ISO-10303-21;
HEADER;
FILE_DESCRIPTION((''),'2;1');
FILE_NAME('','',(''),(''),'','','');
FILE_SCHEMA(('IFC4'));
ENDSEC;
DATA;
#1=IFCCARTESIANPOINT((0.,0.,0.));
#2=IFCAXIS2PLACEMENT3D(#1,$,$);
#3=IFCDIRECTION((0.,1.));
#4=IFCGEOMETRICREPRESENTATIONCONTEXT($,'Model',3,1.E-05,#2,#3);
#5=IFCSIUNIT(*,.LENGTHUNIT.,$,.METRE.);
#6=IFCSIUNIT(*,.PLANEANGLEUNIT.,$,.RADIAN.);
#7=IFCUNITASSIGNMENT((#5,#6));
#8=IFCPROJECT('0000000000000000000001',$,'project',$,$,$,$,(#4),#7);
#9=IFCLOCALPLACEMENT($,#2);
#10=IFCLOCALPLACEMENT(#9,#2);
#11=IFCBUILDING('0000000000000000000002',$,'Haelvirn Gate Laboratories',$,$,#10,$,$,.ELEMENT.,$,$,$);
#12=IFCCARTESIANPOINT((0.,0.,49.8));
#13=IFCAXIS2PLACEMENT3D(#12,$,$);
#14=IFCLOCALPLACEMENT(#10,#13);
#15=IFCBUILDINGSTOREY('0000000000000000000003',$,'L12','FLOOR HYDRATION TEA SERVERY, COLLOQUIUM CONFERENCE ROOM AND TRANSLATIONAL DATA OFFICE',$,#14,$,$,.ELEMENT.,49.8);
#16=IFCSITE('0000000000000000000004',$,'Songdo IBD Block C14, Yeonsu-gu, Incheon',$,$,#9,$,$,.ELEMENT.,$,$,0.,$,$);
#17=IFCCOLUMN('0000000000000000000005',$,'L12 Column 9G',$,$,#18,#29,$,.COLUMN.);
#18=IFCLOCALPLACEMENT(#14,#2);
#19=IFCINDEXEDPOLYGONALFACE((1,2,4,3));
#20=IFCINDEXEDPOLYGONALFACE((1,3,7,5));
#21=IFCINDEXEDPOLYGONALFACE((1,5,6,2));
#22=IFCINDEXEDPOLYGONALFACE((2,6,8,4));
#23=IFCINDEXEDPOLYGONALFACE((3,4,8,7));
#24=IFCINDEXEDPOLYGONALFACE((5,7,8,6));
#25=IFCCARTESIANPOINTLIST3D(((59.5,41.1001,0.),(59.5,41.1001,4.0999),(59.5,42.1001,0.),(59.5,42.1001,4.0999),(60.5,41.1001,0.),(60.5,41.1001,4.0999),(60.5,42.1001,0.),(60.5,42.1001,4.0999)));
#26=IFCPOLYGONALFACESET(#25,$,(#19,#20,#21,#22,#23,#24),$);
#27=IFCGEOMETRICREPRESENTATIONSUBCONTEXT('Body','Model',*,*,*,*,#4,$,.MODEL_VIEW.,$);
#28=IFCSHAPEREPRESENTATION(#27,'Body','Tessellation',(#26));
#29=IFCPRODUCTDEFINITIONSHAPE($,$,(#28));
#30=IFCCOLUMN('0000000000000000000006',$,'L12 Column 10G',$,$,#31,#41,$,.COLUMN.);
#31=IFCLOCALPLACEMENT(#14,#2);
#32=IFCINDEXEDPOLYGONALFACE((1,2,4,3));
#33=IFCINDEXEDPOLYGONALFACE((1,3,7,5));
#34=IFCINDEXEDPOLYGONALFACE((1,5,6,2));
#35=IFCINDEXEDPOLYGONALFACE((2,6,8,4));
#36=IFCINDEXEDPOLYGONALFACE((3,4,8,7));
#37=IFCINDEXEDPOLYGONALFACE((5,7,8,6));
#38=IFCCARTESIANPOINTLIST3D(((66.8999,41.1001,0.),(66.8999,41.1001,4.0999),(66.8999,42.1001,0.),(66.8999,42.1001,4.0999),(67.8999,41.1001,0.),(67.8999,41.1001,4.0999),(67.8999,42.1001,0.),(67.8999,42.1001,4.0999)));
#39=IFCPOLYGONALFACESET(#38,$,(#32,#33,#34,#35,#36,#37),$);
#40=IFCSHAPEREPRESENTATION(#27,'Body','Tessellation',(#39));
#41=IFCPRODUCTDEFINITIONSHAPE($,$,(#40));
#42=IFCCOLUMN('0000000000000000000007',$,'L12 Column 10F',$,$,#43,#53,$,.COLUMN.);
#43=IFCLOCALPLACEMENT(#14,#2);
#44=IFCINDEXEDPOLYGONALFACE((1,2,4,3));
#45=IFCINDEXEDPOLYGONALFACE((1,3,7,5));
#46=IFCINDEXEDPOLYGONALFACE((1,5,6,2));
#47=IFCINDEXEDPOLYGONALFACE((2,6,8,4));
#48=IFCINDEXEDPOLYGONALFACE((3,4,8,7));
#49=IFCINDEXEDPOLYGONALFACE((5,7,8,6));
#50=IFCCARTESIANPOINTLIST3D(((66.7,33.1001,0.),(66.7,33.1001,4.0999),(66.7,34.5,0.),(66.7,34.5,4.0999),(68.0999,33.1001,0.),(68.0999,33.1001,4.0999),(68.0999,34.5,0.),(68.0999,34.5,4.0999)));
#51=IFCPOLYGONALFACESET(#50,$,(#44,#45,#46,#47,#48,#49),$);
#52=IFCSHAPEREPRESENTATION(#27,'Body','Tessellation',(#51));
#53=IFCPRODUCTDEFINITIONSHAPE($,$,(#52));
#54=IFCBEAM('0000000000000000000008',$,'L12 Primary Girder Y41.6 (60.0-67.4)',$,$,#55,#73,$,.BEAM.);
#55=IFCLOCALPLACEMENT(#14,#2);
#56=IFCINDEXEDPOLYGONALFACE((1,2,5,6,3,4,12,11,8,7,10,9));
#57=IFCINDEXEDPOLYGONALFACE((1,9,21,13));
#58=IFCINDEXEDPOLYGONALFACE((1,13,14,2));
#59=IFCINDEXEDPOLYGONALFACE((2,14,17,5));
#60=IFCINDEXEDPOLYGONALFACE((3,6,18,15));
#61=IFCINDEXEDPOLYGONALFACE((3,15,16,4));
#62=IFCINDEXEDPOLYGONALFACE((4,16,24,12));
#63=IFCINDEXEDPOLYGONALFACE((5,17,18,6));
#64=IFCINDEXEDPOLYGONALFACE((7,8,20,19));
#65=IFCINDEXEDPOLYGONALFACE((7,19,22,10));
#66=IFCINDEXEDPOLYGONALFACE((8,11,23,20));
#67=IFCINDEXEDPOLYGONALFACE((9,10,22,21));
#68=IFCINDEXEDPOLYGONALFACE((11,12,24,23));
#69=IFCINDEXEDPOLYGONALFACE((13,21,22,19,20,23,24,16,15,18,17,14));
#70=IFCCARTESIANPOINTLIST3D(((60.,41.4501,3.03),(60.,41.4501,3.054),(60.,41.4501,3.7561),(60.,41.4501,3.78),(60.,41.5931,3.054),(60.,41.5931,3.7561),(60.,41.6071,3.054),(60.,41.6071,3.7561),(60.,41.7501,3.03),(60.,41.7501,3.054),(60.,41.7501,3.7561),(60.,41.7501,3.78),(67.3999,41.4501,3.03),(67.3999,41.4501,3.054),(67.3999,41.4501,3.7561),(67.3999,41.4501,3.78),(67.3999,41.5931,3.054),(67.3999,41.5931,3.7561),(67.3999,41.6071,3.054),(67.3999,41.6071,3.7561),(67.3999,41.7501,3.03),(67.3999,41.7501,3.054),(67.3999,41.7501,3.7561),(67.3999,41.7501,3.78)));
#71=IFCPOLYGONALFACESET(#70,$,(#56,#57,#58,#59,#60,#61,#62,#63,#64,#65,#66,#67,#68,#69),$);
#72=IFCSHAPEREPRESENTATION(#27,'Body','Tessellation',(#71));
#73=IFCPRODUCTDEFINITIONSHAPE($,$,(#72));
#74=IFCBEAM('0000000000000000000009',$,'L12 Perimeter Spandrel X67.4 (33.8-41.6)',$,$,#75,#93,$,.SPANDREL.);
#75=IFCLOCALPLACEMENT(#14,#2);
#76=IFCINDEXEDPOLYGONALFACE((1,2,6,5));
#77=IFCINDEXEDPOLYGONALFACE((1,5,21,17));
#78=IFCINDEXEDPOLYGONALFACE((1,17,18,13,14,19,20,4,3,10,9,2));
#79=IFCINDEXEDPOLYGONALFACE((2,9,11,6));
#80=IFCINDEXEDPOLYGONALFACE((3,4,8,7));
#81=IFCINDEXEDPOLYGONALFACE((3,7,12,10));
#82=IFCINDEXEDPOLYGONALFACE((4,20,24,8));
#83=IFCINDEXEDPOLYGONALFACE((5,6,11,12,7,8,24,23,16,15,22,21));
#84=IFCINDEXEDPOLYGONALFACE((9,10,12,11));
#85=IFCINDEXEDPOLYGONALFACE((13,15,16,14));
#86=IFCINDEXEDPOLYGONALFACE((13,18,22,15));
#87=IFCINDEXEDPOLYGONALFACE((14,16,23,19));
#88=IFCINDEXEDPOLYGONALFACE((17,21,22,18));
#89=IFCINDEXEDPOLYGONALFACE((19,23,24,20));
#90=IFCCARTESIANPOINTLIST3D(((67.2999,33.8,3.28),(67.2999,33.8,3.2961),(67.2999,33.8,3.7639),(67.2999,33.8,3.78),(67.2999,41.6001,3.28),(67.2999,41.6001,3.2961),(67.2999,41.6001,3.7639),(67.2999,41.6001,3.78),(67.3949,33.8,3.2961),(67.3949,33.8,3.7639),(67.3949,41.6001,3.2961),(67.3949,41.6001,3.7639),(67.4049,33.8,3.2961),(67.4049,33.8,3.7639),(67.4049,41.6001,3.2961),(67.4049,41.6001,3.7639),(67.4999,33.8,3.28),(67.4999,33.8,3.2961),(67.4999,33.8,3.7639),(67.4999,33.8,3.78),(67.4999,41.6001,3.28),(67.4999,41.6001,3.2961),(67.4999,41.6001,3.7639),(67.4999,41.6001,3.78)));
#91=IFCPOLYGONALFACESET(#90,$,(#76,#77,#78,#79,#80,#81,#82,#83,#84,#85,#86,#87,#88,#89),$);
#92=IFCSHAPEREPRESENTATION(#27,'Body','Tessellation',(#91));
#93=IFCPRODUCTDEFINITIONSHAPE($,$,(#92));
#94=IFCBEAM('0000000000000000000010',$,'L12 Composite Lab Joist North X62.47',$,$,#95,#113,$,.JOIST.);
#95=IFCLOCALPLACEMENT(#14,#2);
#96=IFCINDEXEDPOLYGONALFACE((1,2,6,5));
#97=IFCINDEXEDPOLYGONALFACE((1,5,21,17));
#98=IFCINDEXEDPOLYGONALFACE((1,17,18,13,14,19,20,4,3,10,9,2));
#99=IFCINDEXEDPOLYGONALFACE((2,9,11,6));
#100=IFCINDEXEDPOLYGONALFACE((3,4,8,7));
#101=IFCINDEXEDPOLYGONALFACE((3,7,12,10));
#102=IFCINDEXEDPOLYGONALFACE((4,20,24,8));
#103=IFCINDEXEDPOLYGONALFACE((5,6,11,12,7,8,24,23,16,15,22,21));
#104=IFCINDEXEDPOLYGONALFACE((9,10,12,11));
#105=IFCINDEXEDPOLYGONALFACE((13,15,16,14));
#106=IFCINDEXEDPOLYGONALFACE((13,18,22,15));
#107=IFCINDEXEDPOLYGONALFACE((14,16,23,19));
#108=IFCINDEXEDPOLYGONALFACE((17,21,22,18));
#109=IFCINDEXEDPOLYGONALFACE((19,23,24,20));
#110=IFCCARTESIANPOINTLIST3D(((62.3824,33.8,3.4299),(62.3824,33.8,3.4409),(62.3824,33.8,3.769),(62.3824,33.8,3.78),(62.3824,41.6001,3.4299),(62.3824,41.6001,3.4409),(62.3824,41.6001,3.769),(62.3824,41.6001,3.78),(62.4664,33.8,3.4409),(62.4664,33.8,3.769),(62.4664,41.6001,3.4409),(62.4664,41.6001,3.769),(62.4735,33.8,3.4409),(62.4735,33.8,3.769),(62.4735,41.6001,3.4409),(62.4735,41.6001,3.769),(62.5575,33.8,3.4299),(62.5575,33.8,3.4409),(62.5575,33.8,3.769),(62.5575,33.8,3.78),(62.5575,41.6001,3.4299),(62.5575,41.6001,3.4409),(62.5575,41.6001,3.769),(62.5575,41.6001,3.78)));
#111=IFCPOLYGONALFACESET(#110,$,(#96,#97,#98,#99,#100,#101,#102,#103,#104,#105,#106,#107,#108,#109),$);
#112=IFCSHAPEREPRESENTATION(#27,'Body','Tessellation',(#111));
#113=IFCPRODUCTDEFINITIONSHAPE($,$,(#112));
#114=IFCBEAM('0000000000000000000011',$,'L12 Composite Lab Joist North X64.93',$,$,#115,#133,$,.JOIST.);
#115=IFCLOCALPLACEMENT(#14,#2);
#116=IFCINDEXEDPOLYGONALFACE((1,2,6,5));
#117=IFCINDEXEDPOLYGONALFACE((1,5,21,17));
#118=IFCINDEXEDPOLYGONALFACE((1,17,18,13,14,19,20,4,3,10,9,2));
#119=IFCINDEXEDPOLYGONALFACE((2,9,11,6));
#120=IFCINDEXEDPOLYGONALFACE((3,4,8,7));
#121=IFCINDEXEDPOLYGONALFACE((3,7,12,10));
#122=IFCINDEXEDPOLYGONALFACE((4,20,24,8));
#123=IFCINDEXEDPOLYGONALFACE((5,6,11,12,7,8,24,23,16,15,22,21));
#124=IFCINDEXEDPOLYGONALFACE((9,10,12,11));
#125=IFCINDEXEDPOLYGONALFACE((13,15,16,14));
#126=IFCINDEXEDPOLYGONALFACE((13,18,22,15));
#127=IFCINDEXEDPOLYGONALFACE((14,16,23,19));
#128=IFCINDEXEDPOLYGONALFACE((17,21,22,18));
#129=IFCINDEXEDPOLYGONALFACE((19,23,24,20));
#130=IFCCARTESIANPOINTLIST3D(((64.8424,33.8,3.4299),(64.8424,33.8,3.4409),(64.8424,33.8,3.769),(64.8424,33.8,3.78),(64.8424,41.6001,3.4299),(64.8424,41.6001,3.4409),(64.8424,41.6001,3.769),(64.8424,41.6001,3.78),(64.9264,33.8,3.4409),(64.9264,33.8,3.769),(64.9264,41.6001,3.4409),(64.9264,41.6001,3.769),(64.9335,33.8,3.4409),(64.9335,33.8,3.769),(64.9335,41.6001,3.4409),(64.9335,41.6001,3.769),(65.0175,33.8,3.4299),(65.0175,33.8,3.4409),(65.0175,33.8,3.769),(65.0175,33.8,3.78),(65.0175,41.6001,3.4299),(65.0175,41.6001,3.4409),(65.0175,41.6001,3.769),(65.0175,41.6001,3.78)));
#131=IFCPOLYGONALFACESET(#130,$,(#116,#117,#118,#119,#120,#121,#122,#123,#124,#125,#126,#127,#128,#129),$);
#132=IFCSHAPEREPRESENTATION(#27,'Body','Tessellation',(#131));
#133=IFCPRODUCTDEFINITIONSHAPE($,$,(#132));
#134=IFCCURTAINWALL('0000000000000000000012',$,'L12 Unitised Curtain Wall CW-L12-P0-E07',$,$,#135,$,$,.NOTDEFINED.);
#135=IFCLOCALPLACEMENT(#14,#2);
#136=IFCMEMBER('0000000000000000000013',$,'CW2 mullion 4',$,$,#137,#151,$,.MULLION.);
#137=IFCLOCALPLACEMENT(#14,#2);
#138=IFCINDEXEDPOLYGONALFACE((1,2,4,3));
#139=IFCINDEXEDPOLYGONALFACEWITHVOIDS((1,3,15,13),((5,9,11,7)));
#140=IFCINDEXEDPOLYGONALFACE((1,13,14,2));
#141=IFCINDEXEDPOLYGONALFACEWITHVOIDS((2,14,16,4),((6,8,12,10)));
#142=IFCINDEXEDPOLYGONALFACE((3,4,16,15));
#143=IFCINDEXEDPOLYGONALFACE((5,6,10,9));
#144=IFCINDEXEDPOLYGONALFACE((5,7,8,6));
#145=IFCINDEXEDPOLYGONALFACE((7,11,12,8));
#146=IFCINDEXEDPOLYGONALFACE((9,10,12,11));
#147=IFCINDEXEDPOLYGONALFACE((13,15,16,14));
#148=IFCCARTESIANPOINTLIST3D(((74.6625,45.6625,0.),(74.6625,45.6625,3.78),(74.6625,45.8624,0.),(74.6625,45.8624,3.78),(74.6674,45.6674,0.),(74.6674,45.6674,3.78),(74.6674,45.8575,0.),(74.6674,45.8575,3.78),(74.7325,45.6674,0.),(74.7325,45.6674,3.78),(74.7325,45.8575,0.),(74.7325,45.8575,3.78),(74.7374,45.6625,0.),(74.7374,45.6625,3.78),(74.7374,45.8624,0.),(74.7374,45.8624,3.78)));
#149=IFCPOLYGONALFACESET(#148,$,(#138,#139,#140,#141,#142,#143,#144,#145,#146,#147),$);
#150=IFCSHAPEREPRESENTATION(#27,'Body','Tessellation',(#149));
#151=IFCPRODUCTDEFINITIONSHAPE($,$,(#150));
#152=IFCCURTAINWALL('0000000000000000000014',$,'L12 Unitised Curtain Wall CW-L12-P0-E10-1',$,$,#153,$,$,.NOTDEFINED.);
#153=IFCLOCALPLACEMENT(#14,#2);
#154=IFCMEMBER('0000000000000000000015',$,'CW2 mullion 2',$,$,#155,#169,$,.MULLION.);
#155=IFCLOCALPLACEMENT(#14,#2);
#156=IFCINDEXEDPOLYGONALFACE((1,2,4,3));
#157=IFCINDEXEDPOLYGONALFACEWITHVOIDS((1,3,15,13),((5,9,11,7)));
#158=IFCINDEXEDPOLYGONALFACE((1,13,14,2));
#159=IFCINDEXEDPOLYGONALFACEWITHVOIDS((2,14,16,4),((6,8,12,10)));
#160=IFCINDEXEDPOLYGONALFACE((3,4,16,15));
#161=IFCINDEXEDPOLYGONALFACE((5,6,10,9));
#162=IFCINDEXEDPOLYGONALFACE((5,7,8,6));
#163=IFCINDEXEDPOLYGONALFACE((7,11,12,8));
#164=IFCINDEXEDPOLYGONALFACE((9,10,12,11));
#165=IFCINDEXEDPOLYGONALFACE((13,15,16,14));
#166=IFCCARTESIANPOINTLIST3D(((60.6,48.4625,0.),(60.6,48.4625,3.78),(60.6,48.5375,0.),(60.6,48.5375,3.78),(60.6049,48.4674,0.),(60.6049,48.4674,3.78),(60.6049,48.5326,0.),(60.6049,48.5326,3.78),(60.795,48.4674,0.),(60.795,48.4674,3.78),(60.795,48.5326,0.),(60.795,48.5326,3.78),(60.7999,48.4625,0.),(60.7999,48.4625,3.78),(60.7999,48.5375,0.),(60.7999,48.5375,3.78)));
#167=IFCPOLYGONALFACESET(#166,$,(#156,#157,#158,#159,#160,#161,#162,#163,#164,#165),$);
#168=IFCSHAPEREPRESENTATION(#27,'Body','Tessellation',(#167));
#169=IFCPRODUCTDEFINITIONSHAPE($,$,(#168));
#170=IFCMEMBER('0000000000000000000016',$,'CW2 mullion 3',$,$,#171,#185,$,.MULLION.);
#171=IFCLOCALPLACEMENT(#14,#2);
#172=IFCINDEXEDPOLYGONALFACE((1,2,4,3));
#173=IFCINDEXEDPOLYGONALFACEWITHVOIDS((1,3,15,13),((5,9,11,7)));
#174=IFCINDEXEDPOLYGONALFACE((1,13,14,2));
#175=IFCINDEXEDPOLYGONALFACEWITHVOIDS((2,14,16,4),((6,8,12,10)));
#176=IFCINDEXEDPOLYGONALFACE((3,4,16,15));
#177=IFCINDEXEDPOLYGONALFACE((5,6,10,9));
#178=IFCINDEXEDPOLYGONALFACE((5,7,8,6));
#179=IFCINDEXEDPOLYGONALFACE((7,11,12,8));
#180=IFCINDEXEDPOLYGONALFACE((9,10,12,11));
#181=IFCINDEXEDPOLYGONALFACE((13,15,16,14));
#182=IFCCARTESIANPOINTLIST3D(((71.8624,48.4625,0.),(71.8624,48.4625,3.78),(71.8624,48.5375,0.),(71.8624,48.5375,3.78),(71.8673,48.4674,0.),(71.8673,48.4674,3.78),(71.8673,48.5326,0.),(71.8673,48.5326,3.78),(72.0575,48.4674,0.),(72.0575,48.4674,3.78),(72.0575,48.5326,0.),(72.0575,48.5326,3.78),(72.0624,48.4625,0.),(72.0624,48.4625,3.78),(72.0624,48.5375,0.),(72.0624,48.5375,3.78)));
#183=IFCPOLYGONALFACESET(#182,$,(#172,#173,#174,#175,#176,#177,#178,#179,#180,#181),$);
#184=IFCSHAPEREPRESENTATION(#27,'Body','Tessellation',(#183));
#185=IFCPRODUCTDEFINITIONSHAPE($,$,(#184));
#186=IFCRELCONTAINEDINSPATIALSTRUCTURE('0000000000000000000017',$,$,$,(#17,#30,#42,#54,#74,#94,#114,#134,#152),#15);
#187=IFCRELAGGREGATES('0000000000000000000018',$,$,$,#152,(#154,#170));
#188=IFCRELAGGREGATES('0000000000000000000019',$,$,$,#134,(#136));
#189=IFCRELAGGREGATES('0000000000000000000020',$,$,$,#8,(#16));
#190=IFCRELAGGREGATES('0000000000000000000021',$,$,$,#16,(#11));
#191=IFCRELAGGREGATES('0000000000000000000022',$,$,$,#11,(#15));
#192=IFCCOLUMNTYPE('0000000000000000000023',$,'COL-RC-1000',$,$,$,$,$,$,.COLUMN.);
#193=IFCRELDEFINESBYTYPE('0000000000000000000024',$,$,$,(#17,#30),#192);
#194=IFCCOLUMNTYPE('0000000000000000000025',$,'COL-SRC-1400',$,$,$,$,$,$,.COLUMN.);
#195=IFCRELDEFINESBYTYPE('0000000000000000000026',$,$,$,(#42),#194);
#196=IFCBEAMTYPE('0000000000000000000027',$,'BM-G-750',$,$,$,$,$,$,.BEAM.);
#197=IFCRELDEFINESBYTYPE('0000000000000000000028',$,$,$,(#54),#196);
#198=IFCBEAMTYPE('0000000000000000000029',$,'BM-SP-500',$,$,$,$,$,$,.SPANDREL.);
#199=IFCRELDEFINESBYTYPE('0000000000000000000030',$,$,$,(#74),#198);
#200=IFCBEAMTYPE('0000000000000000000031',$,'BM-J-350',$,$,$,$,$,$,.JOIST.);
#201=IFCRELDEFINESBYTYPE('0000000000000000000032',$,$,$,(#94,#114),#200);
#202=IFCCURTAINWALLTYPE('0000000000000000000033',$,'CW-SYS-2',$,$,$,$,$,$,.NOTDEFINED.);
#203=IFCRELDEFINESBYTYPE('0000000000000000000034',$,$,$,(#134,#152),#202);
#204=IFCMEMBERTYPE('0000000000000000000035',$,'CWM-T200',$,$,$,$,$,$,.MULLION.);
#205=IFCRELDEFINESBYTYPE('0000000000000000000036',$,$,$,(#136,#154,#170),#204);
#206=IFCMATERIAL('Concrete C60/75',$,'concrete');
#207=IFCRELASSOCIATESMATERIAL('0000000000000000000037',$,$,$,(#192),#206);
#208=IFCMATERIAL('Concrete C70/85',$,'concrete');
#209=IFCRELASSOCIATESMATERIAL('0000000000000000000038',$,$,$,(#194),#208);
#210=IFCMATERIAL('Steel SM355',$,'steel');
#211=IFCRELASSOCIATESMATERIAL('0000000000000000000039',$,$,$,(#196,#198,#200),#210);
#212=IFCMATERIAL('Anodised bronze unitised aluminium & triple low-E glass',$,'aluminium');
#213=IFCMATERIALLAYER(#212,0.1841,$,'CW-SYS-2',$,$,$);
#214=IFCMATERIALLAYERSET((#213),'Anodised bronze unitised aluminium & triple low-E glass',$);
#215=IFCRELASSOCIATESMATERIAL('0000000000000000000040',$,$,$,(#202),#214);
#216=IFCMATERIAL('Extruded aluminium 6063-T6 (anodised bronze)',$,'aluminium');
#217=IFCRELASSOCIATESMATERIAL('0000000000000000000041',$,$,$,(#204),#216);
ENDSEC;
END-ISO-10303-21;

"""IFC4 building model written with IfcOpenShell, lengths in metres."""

from ifc_helpers import new_model, si_unit, direction, frame, origin, origin_2d, place, context, subcontext, project, spatial, rectangle, hollow_rectangle, i_section, extrude, source, transform, mapped, material, layer, layer_set, material_profile, profile_set, type_object, type_shapes, element, aggregate, save


model = new_model("IFC4")

# Units and contexts
model_context = context("Model", 3, precision=1e-05, world=origin(), true_north=direction((0.0, 1.0)))
body_context = subcontext(model_context, "Body", "Model", "MODEL_VIEW")
ifc_project = project(units=[si_unit("LENGTHUNIT", "METRE"), si_unit("PLANEANGLEUNIT", "RADIAN")], contexts=[model_context])

# Site, building, storey
site_placement = place(None, origin())
site = spatial("IfcSite", under=ifc_project, at=site_placement, Name="Songdo IBD Block C14, Yeonsu-gu, Incheon", CompositionType="ELEMENT", RefElevation=0.0)
building_placement = place(site_placement, origin())
building = spatial("IfcBuilding", under=site, at=building_placement, Name="Haelvirn Gate Laboratories", CompositionType="ELEMENT")
storey_placement = place(building_placement, frame((0.0, 0.0, 49.8)))
storey = spatial("IfcBuildingStorey", under=building, at=storey_placement, Name="L12", Description="FLOOR HYDRATION TEA SERVERY, COLLOQUIUM CONFERENCE ROOM AND TRANSLATIONAL DATA OFFICE", CompositionType="ELEMENT", Elevation=49.8)

# Columns
ifc_material_1 = material(Name="Concrete C60/75", Category="concrete")
ifc_material_profile_1 = material_profile(ifc_material_1, rectangle(XDim=1.0, YDim=1.0, at=origin_2d()), Name="RC-1000x1000")
ifc_profile_set_1 = profile_set([ifc_material_profile_1], Name="Concrete C60/75")
column_type_1 = type_object("IfcColumnType", Name="COL-RC-1000", PredefinedType="COLUMN", material=ifc_profile_set_1)
shared_shape_1 = source(origin(), body_context, "Body", "SweptSolid", [
    extrude(rectangle(XDim=1.0, YDim=1.0, at=origin_2d()), origin(), (0.0, 0.0, 1.0), 4.0999),
])
type_shapes(column_type_1, [shared_shape_1])
for number, where, z_axis, x_axis, name in (
    (1, (60.0, 41.6001, 0.0), (0.0, 0.0, 1.0), (1.0, 0.0, 0.0), "L12 Column 9G"),
    (2, (67.3999, 41.6001, 0.0), (0.0, 0.0, 1.0), (1.0, 0.0, 0.0), "L12 Column 10G"),
):
    element("IfcColumn", number, at=place(storey_placement, frame(where, z_axis=z_axis, x_axis=x_axis)), inside=storey, type_object=column_type_1, Name=name, PredefinedType="COLUMN", context=body_context, shape_type="MappedRepresentation", body=[
        mapped(shared_shape_1, transform((0.0, 0.0, 0.0), scale=1.0)),
    ])
ifc_material_2 = material(Name="Concrete C70/85", Category="concrete")
ifc_material_profile_2 = material_profile(ifc_material_2, rectangle(XDim=1.3999, YDim=1.3999, at=origin_2d()), Name="SRC-1400x1400")
ifc_profile_set_2 = profile_set([ifc_material_profile_2], Name="Concrete C70/85")
column_type_2 = type_object("IfcColumnType", Name="COL-SRC-1400", PredefinedType="COLUMN", material=ifc_profile_set_2)
shared_shape_2 = source(origin(), body_context, "Body", "SweptSolid", [
    extrude(rectangle(XDim=1.3999, YDim=1.3999, at=origin_2d()), origin(), (0.0, 0.0, 1.0), 4.0999),
])
type_shapes(column_type_2, [shared_shape_2])
column_placement = place(storey_placement, frame((67.3999, 33.8, 0.0), z_axis=(0.0, 0.0, 1.0), x_axis=(1.0, 0.0, 0.0)))
element("IfcColumn", 3, at=column_placement, inside=storey, type_object=column_type_2, Name="L12 Column 10F", PredefinedType="COLUMN", context=body_context, shape_type="MappedRepresentation", body=[
    mapped(shared_shape_2, transform((0.0, 0.0, 0.0), scale=1.0)),
])

# Beams
ifc_material_3 = material(Name="Steel SM355", Category="steel")
ifc_material_profile_3 = material_profile(ifc_material_3, i_section(OverallWidth=0.3, OverallDepth=0.75, WebThickness=0.0139, FlangeThickness=0.0239, at=origin_2d()), Name="H-750x300x14x24")
ifc_profile_set_3 = profile_set([ifc_material_profile_3], Name="Steel SM355")
beam_type_1 = type_object("IfcBeamType", Name="BM-G-750", PredefinedType="BEAM", material=ifc_profile_set_3)
shared_shape_3 = source(origin(), body_context, "Body", "SweptSolid", [
    extrude(i_section(OverallWidth=0.3, OverallDepth=0.75, WebThickness=0.0139, FlangeThickness=0.0239, at=origin_2d()), origin(), (0.0, 0.0, 1.0), 7.3999),
])
type_shapes(beam_type_1, [shared_shape_3])
beam_1_placement = place(storey_placement, frame((60.0, 41.6001, 3.405), z_axis=(1.0, 0.0, 0.0), x_axis=(0.0, 1.0, 0.0)))
element("IfcBeam", 4, at=beam_1_placement, inside=storey, type_object=beam_type_1, Name="L12 Primary Girder Y41.6 (60.0-67.4)", PredefinedType="BEAM", context=body_context, shape_type="MappedRepresentation", body=[
    mapped(shared_shape_3, transform((0.0, 0.0, 0.0), scale=1.0)),
])
ifc_material_profile_4 = material_profile(ifc_material_3, i_section(OverallWidth=0.2, OverallDepth=0.5, WebThickness=0.01, FlangeThickness=0.0161, at=origin_2d()), Name="H-500x200x10x16")
ifc_profile_set_4 = profile_set([ifc_material_profile_4], Name="Steel SM355")
beam_type_2 = type_object("IfcBeamType", Name="BM-SP-500", PredefinedType="SPANDREL", material=ifc_profile_set_4)
shared_shape_4 = source(origin(), body_context, "Body", "SweptSolid", [
    extrude(i_section(OverallWidth=0.2, OverallDepth=0.5, WebThickness=0.01, FlangeThickness=0.0161, at=origin_2d()), origin(), (0.0, 0.0, 1.0), 7.8),
])
type_shapes(beam_type_2, [shared_shape_4])
beam_2_placement = place(storey_placement, frame((67.3999, 33.8, 3.53), z_axis=(0.0, 1.0, 0.0), x_axis=(-1.0, 0.0, 0.0)))
element("IfcBeam", 5, at=beam_2_placement, inside=storey, type_object=beam_type_2, Name="L12 Perimeter Spandrel X67.4 (33.8-41.6)", PredefinedType="SPANDREL", context=body_context, shape_type="MappedRepresentation", body=[
    mapped(shared_shape_4, transform((0.0, 0.0, 0.0), scale=1.0)),
])
ifc_material_profile_5 = material_profile(ifc_material_3, i_section(OverallWidth=0.175, OverallDepth=0.3501, WebThickness=0.0071, FlangeThickness=0.011, at=origin_2d()), Name="H-350x175x7x11")
ifc_profile_set_5 = profile_set([ifc_material_profile_5], Name="Steel SM355")
beam_type_3 = type_object("IfcBeamType", Name="BM-J-350", PredefinedType="JOIST", material=ifc_profile_set_5)
shared_shape_5 = source(origin(), body_context, "Body", "SweptSolid", [
    extrude(i_section(OverallWidth=0.175, OverallDepth=0.3501, WebThickness=0.0071, FlangeThickness=0.011, at=origin_2d()), origin(), (0.0, 0.0, 1.0), 7.8),
])
type_shapes(beam_type_3, [shared_shape_5])
for number, where, z_axis, x_axis, name in (
    (6, (62.47, 33.8, 3.605), (0.0, 1.0, 0.0), (-1.0, 0.0, 0.0), "L12 Composite Lab Joist North X62.47"),
    (7, (64.9299, 33.8, 3.605), (0.0, 1.0, 0.0), (-1.0, 0.0, 0.0), "L12 Composite Lab Joist North X64.93"),
):
    element("IfcBeam", number, at=place(storey_placement, frame(where, z_axis=z_axis, x_axis=x_axis)), inside=storey, type_object=beam_type_3, Name=name, PredefinedType="JOIST", context=body_context, shape_type="MappedRepresentation", body=[
        mapped(shared_shape_5, transform((0.0, 0.0, 0.0), scale=1.0)),
    ])

# Curtain wall, member
ifc_material_4 = material(Name="Anodised bronze unitised aluminium & triple low-E glass", Category="aluminium")
ifc_layer_1 = layer(ifc_material_4, 0.1841, Name="CW-SYS-2")
ifc_layer_set_1 = layer_set([ifc_layer_1], Name="Anodised bronze unitised aluminium & triple low-E glass")
curtain_wall_type_1 = type_object("IfcCurtainWallType", Name="CW-SYS-2", PredefinedType="NOTDEFINED", material=ifc_layer_set_1)
curtain_wall_1_placement = place(storey_placement, origin())
curtain_wall_1 = element("IfcCurtainWall", 8, at=curtain_wall_1_placement, inside=storey, type_object=curtain_wall_type_1, Name="L12 Unitised Curtain Wall CW-L12-P0-E07", PredefinedType="NOTDEFINED")
ifc_material_5 = material(Name="Extruded aluminium 6063-T6 (anodised bronze)", Category="aluminium")
ifc_material_profile_6 = material_profile(ifc_material_5, hollow_rectangle(XDim=0.075, YDim=0.2, WallThickness=0.0049, at=origin_2d()), Name="CWM-200x75x5")
ifc_profile_set_6 = profile_set([ifc_material_profile_6], Name="Extruded aluminium 6063-T6 (anodised bronze)")
member_type_1 = type_object("IfcMemberType", Name="CWM-T200", PredefinedType="MULLION", material=ifc_profile_set_6)
shared_shape_6 = source(origin(), body_context, "Body", "SweptSolid", [
    extrude(hollow_rectangle(XDim=0.075, YDim=0.2, WallThickness=0.0049, at=origin_2d()), origin(), (0.0, 0.0, 1.0), 3.78),
])
type_shapes(member_type_1, [shared_shape_6])
member_1_placement = place(storey_placement, frame((74.7, 45.7625, 0.0), z_axis=(0.0, 0.0, 1.0), x_axis=(-1.0, 0.0, 0.0)))
member_1 = element("IfcMember", 9, at=member_1_placement, type_object=member_type_1, Name="CW2 mullion 4", PredefinedType="MULLION", context=body_context, shape_type="MappedRepresentation", body=[
    mapped(shared_shape_6, transform((0.0, 0.0, 0.0), scale=1.0)),
])

# Curtain wall, members
curtain_wall_2_placement = place(storey_placement, origin())
curtain_wall_2 = element("IfcCurtainWall", 10, at=curtain_wall_2_placement, inside=storey, type_object=curtain_wall_type_1, Name="L12 Unitised Curtain Wall CW-L12-P0-E10-1", PredefinedType="NOTDEFINED")
member_2_placement = place(storey_placement, frame((60.7, 48.5, 0.0), z_axis=(0.0, 0.0, 1.0), x_axis=(0.0, 1.0, 0.0)))
member_2 = element("IfcMember", 11, at=member_2_placement, type_object=member_type_1, Name="CW2 mullion 2", PredefinedType="MULLION", context=body_context, shape_type="MappedRepresentation", body=[
    mapped(shared_shape_6, transform((0.0, 0.0, 0.0), scale=1.0)),
])
member_3_placement = place(storey_placement, frame((71.9624, 48.5, 0.0), z_axis=(0.0, 0.0, 1.0), x_axis=(0.0, 1.0, 0.0)))
member_3 = element("IfcMember", 12, at=member_3_placement, type_object=member_type_1, Name="CW2 mullion 3", PredefinedType="MULLION", context=body_context, shape_type="MappedRepresentation", body=[
    mapped(shared_shape_6, transform((0.0, 0.0, 0.0), scale=1.0)),
])

aggregate(curtain_wall_2, [member_2, member_3])
aggregate(curtain_wall_1, [member_1])

save(model, "model.ifc")
